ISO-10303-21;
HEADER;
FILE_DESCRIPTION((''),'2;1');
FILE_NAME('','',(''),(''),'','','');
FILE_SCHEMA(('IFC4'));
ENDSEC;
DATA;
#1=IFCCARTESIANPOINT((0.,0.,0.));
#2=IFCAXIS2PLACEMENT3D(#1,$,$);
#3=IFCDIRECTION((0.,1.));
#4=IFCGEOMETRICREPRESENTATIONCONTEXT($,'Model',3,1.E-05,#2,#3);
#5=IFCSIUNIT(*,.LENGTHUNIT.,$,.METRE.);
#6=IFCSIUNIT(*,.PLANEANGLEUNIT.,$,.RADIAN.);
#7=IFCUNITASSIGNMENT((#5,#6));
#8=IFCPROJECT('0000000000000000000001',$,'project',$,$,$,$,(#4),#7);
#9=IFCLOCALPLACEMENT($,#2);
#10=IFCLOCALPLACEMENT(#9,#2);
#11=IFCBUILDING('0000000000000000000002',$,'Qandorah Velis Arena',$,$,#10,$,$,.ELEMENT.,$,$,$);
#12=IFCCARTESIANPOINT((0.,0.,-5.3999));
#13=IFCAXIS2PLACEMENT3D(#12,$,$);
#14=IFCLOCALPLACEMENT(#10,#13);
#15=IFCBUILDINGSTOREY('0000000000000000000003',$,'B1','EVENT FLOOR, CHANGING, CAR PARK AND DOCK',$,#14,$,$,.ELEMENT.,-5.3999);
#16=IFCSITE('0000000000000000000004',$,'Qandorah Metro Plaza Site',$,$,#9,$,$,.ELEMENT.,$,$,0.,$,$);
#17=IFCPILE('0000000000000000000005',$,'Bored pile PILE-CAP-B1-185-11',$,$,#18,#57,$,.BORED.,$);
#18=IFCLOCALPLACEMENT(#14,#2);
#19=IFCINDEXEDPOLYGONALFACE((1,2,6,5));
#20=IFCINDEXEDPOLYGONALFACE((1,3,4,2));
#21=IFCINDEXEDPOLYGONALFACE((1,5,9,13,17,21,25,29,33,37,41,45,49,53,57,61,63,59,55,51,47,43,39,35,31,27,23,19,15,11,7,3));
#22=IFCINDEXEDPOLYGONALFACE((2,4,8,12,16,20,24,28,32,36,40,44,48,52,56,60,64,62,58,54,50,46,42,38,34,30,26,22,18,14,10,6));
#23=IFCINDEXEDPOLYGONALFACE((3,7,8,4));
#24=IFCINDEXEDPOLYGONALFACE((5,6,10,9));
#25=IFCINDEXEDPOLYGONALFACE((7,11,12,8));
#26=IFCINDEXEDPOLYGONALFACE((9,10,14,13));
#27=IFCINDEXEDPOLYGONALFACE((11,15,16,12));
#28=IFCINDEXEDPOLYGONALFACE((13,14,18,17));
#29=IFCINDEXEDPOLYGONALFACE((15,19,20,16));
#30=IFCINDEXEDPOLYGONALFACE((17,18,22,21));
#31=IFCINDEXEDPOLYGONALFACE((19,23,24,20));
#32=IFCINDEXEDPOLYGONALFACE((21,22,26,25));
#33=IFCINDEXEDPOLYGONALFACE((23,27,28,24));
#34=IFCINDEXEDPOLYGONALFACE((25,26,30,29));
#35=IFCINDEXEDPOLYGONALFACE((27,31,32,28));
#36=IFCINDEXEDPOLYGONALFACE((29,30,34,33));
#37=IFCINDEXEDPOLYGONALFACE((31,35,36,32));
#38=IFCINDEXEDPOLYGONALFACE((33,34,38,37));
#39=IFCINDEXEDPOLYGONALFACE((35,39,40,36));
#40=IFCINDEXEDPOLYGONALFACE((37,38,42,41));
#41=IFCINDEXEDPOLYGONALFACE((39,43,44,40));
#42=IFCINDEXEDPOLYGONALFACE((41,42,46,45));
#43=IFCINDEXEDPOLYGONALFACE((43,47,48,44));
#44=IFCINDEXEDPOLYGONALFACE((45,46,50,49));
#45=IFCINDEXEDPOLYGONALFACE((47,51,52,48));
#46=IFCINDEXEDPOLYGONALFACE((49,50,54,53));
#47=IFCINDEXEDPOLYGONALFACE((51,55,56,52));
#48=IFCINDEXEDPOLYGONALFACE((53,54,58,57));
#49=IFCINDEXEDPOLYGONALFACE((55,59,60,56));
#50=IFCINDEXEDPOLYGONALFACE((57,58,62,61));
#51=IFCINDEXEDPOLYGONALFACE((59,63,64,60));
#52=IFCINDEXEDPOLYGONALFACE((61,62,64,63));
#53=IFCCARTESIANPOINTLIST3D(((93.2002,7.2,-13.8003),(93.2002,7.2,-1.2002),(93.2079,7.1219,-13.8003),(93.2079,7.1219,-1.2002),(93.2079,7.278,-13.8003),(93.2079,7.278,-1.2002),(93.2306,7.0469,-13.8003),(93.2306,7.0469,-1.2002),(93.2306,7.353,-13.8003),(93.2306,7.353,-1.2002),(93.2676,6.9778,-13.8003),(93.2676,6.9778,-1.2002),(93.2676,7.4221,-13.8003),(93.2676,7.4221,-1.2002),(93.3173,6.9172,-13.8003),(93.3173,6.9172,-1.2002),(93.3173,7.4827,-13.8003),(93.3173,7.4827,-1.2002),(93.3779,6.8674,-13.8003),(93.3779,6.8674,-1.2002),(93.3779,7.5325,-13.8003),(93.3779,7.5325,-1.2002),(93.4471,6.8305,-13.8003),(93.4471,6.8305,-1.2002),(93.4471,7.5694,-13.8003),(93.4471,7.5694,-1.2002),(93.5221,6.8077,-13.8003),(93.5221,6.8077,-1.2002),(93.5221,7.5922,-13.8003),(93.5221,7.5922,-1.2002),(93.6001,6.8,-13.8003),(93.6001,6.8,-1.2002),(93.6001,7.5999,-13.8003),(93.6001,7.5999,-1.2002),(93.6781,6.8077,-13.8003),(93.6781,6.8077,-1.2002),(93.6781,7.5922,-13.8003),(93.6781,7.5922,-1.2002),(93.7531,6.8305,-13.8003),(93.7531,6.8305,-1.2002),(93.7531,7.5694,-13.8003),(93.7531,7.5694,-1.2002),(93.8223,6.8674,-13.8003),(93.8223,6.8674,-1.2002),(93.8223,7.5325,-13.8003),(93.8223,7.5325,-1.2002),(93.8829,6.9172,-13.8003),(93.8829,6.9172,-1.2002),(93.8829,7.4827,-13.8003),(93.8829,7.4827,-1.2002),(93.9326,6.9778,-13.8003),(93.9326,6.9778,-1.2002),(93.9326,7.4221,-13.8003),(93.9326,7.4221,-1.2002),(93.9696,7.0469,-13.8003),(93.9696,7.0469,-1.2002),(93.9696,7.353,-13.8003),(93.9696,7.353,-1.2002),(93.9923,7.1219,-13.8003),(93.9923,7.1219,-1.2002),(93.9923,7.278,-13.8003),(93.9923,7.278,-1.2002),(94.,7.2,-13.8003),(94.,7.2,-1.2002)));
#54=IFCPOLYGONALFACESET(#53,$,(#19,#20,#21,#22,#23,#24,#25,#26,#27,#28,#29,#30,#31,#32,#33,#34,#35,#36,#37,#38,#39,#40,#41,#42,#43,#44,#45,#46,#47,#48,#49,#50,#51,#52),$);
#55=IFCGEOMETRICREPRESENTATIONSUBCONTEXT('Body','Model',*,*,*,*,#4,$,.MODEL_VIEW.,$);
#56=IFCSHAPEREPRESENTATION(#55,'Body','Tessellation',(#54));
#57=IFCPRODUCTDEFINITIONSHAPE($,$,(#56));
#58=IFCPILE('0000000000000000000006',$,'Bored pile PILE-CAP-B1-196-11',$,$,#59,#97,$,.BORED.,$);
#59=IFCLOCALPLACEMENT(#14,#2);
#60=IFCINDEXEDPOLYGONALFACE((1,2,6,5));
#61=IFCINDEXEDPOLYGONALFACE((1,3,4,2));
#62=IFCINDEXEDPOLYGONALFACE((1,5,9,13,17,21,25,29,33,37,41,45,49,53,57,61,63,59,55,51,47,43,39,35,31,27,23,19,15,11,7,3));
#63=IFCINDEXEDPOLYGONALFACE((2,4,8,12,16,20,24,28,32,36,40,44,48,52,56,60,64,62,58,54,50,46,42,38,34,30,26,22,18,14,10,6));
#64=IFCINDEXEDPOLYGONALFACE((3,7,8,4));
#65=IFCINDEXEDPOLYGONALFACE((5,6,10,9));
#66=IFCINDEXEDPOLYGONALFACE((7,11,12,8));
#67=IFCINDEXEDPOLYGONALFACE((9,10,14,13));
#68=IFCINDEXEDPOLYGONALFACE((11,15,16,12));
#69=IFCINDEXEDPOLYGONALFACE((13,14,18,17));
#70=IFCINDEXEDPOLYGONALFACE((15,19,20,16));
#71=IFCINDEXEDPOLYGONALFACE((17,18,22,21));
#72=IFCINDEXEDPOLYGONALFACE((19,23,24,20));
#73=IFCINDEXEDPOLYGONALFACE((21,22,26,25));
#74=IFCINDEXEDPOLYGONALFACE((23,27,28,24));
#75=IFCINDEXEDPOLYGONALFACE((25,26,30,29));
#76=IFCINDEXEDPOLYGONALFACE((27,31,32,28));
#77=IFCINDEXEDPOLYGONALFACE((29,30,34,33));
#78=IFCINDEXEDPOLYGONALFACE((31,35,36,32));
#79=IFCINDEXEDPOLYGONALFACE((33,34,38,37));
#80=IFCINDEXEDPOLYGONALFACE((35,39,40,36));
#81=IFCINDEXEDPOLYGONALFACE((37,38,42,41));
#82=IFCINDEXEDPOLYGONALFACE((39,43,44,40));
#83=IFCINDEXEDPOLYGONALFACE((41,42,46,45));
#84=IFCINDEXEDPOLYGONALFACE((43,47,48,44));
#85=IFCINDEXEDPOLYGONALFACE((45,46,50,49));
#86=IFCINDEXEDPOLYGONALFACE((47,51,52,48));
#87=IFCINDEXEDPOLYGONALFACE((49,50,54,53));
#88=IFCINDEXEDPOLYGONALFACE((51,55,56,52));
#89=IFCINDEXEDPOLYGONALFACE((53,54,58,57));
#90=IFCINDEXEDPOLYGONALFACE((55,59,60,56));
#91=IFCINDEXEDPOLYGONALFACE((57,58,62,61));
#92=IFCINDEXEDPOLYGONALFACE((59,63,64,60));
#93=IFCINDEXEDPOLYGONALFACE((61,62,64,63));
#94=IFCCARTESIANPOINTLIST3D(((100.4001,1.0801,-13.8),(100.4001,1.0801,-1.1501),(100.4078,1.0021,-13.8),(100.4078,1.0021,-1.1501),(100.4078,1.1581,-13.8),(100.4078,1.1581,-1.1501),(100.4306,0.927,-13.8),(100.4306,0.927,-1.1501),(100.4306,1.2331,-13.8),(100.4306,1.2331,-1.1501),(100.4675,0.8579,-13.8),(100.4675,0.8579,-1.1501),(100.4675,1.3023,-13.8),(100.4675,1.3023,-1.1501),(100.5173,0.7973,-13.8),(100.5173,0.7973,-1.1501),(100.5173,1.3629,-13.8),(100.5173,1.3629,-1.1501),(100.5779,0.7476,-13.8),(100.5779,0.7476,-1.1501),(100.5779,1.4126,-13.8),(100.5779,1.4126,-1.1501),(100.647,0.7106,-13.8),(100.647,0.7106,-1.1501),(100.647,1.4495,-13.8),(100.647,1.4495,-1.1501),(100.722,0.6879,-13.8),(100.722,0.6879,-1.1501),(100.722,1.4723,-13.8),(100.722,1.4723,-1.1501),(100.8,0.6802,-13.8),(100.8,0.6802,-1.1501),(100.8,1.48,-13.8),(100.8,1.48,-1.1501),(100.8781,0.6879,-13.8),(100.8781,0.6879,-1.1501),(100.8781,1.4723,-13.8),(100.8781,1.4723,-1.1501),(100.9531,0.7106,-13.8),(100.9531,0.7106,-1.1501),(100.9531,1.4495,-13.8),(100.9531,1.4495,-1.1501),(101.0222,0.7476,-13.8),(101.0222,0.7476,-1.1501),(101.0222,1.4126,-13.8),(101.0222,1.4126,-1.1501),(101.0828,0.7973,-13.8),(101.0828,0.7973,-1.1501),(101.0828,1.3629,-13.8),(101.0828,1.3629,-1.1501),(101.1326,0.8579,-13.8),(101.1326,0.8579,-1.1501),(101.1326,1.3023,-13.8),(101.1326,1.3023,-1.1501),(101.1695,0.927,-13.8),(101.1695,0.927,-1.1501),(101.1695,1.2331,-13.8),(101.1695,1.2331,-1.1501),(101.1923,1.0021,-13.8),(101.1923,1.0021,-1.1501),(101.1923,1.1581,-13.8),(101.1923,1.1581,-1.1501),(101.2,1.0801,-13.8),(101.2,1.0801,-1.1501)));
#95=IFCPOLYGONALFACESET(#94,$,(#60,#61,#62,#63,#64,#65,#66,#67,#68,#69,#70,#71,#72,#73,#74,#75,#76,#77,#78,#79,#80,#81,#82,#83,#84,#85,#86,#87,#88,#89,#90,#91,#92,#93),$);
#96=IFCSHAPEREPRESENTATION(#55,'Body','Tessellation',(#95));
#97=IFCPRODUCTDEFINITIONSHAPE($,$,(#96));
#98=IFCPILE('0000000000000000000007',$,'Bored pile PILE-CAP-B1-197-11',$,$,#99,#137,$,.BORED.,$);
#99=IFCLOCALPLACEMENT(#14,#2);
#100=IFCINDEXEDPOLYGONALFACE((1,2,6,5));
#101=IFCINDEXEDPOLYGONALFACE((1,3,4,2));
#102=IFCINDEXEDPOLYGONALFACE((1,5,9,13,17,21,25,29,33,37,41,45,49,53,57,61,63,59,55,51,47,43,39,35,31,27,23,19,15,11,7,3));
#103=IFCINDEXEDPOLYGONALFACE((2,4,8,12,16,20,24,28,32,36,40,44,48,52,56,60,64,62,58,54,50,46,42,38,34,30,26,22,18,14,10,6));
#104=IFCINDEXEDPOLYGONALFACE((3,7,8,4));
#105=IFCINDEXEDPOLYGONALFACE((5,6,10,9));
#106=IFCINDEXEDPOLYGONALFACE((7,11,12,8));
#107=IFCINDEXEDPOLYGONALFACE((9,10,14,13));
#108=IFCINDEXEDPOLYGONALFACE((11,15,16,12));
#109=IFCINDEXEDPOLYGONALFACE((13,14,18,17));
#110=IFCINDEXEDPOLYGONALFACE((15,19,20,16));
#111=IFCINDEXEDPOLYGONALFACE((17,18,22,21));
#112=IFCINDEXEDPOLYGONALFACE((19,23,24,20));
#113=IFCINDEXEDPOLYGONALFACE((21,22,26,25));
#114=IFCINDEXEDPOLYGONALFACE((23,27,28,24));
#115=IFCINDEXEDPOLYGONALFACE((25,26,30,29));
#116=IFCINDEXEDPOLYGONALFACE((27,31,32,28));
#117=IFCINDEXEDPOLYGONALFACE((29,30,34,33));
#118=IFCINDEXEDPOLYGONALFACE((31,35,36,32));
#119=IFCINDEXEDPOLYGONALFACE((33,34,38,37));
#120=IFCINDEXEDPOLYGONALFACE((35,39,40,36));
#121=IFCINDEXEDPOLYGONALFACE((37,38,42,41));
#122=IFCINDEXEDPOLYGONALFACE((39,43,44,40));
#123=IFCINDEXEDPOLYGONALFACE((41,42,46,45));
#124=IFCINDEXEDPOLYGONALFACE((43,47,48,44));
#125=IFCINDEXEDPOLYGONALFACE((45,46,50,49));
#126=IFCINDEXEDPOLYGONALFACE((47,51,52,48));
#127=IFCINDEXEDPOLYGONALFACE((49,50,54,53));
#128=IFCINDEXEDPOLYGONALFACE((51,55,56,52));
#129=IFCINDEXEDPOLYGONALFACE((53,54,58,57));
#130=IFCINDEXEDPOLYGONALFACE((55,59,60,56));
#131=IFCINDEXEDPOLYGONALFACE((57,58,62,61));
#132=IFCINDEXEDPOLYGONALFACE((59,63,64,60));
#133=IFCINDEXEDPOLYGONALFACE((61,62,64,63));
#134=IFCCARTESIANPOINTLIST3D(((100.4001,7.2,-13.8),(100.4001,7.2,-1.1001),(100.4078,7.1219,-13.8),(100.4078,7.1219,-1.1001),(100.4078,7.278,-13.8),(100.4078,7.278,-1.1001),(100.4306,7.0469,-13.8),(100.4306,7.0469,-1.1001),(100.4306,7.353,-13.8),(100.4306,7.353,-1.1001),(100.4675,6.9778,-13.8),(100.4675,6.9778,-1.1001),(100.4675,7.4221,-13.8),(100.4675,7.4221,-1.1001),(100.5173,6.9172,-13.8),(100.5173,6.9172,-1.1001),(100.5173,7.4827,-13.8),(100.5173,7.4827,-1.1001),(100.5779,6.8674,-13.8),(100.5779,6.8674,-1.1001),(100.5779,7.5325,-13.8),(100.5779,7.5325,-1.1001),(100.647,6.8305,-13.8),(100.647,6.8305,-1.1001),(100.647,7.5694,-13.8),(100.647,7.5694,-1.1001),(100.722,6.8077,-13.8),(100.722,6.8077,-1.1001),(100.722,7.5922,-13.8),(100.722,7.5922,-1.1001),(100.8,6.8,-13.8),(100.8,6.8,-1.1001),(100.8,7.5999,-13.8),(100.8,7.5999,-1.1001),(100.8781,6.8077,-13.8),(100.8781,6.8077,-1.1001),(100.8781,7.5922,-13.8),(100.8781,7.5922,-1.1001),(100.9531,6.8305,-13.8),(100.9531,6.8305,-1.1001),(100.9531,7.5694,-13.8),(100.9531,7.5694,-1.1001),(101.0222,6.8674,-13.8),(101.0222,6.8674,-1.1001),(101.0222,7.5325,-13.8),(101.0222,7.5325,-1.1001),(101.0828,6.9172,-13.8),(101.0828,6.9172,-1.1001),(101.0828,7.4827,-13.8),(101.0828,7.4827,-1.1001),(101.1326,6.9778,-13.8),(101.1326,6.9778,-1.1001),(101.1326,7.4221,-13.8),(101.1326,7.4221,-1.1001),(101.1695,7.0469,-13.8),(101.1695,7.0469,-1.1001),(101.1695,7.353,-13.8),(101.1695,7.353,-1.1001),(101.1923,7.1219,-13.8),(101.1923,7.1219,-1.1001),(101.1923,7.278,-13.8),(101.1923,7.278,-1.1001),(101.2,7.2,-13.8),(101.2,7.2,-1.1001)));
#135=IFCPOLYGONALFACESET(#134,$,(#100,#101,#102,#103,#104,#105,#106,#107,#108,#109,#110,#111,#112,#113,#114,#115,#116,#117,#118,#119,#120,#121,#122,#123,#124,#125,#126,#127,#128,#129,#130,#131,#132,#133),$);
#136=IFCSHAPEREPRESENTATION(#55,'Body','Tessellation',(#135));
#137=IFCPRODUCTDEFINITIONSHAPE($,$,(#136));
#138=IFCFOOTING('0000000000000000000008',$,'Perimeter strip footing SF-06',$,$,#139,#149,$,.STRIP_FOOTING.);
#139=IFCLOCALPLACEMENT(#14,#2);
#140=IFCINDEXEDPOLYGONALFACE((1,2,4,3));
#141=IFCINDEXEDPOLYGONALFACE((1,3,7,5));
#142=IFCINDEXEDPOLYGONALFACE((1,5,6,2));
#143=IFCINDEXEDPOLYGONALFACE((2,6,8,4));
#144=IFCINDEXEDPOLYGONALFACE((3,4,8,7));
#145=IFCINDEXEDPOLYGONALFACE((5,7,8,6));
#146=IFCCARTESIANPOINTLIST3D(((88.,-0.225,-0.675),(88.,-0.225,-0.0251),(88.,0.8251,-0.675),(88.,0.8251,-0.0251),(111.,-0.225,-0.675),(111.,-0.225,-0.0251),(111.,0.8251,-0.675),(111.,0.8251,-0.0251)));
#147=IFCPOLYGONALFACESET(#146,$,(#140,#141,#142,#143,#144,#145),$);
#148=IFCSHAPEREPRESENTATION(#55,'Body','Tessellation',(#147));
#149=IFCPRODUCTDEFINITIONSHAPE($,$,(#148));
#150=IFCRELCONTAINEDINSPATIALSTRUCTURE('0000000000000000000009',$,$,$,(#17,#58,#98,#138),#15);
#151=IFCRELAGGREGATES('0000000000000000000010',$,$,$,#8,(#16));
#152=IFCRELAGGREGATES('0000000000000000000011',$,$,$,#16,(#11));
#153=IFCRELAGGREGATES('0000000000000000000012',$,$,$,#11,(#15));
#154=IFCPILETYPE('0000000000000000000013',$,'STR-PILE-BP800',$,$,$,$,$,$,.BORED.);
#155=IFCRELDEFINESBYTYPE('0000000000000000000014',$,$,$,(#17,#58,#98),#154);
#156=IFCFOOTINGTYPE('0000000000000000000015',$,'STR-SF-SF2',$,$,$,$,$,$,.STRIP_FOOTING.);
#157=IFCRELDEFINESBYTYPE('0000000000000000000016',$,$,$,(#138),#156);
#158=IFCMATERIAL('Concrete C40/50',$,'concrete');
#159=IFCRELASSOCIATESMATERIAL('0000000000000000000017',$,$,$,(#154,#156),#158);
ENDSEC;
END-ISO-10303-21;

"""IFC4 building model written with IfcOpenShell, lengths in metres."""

from ifc_helpers import new_model, si_unit, direction, frame, origin, origin_2d, place, context, subcontext, project, spatial, rectangle, circle, extrude, material, material_profile, profile_set, type_object, element, save


model = new_model("IFC4")

# Units and contexts
model_context = context("Model", 3, precision=1e-05, world=origin(), true_north=direction((0.0, 1.0)))
body_context = subcontext(model_context, "Body", "Model", "MODEL_VIEW")
ifc_project = project(units=[si_unit("LENGTHUNIT", "METRE"), si_unit("PLANEANGLEUNIT", "RADIAN")], contexts=[model_context])

# Site, building, storey
site_placement = place(None, origin())
site = spatial("IfcSite", under=ifc_project, at=site_placement, Name="Qandorah Metro Plaza Site", CompositionType="ELEMENT", RefElevation=0.0)
building_placement = place(site_placement, origin())
building = spatial("IfcBuilding", under=site, at=building_placement, Name="Qandorah Velis Arena", CompositionType="ELEMENT")
storey_placement = place(building_placement, frame((0.0, 0.0, -5.3999)))
storey = spatial("IfcBuildingStorey", under=building, at=storey_placement, Name="B1", Description="EVENT FLOOR, CHANGING, CAR PARK AND DOCK", CompositionType="ELEMENT", Elevation=-5.3999)

# Shared definitions
ifc_material_1 = material(Name="Concrete C40/50", Category="concrete")

# Piles
ifc_material_profile_1 = material_profile(ifc_material_1, circle(Radius=0.3999, at=origin_2d()), Name="BORED PILE D800")
ifc_profile_set_1 = profile_set([ifc_material_profile_1], Name="Concrete C40/50")
pile_type_1 = type_object("IfcPileType", Name="STR-PILE-BP800", PredefinedType="BORED", material=ifc_profile_set_1)
pile_1_placement = place(storey_placement, frame((93.6001, 7.2, -1.2002), z_axis=(0.0, 0.0, -1.0), x_axis=(1.0, 0.0, 0.0)))
element("IfcPile", 1, at=pile_1_placement, inside=storey, type_object=pile_type_1, Name="Bored pile PILE-CAP-B1-185-11", PredefinedType="BORED", context=body_context, shape_type="SweptSolid", body=[
    extrude(circle(Radius=0.3999, at=origin_2d()), origin(), (0.0, 0.0, 1.0), 12.6001),
])
pile_2_placement = place(storey_placement, frame((100.8, 1.0801, -1.1501), z_axis=(0.0, 0.0, -1.0), x_axis=(1.0, 0.0, 0.0)))
element("IfcPile", 2, at=pile_2_placement, inside=storey, type_object=pile_type_1, Name="Bored pile PILE-CAP-B1-196-11", PredefinedType="BORED", context=body_context, shape_type="SweptSolid", body=[
    extrude(circle(Radius=0.3999, at=origin_2d()), origin(), (0.0, 0.0, 1.0), 12.6499),
])
pile_3_placement = place(storey_placement, frame((100.8, 7.2, -1.1001), z_axis=(0.0, 0.0, -1.0), x_axis=(1.0, 0.0, 0.0)))
element("IfcPile", 3, at=pile_3_placement, inside=storey, type_object=pile_type_1, Name="Bored pile PILE-CAP-B1-197-11", PredefinedType="BORED", context=body_context, shape_type="SweptSolid", body=[
    extrude(circle(Radius=0.3999, at=origin_2d()), origin(), (0.0, 0.0, 1.0), 12.7),
])

# Footing
ifc_material_profile_2 = material_profile(ifc_material_1, rectangle(XDim=1.05, YDim=0.6499, at=origin_2d()), Name="SF2 1050x650")
ifc_profile_set_2 = profile_set([ifc_material_profile_2], Name="Concrete C40/50")
footing_type_1 = type_object("IfcFootingType", Name="STR-SF-SF2", PredefinedType="STRIP_FOOTING", material=ifc_profile_set_2)
footing_1_placement = place(storey_placement, frame((88.0, 0.3, -0.3501), z_axis=(1.0, 0.0, 0.0), x_axis=(0.0, 1.0, 0.0)))
element("IfcFooting", 4, at=footing_1_placement, inside=storey, type_object=footing_type_1, Name="Perimeter strip footing SF-06", PredefinedType="STRIP_FOOTING", context=body_context, shape_type="SweptSolid", body=[
    extrude(rectangle(XDim=1.05, YDim=0.6499, at=origin_2d()), origin(), (0.0, 0.0, 1.0), 23.0),
])

save(model, "model.ifc")
